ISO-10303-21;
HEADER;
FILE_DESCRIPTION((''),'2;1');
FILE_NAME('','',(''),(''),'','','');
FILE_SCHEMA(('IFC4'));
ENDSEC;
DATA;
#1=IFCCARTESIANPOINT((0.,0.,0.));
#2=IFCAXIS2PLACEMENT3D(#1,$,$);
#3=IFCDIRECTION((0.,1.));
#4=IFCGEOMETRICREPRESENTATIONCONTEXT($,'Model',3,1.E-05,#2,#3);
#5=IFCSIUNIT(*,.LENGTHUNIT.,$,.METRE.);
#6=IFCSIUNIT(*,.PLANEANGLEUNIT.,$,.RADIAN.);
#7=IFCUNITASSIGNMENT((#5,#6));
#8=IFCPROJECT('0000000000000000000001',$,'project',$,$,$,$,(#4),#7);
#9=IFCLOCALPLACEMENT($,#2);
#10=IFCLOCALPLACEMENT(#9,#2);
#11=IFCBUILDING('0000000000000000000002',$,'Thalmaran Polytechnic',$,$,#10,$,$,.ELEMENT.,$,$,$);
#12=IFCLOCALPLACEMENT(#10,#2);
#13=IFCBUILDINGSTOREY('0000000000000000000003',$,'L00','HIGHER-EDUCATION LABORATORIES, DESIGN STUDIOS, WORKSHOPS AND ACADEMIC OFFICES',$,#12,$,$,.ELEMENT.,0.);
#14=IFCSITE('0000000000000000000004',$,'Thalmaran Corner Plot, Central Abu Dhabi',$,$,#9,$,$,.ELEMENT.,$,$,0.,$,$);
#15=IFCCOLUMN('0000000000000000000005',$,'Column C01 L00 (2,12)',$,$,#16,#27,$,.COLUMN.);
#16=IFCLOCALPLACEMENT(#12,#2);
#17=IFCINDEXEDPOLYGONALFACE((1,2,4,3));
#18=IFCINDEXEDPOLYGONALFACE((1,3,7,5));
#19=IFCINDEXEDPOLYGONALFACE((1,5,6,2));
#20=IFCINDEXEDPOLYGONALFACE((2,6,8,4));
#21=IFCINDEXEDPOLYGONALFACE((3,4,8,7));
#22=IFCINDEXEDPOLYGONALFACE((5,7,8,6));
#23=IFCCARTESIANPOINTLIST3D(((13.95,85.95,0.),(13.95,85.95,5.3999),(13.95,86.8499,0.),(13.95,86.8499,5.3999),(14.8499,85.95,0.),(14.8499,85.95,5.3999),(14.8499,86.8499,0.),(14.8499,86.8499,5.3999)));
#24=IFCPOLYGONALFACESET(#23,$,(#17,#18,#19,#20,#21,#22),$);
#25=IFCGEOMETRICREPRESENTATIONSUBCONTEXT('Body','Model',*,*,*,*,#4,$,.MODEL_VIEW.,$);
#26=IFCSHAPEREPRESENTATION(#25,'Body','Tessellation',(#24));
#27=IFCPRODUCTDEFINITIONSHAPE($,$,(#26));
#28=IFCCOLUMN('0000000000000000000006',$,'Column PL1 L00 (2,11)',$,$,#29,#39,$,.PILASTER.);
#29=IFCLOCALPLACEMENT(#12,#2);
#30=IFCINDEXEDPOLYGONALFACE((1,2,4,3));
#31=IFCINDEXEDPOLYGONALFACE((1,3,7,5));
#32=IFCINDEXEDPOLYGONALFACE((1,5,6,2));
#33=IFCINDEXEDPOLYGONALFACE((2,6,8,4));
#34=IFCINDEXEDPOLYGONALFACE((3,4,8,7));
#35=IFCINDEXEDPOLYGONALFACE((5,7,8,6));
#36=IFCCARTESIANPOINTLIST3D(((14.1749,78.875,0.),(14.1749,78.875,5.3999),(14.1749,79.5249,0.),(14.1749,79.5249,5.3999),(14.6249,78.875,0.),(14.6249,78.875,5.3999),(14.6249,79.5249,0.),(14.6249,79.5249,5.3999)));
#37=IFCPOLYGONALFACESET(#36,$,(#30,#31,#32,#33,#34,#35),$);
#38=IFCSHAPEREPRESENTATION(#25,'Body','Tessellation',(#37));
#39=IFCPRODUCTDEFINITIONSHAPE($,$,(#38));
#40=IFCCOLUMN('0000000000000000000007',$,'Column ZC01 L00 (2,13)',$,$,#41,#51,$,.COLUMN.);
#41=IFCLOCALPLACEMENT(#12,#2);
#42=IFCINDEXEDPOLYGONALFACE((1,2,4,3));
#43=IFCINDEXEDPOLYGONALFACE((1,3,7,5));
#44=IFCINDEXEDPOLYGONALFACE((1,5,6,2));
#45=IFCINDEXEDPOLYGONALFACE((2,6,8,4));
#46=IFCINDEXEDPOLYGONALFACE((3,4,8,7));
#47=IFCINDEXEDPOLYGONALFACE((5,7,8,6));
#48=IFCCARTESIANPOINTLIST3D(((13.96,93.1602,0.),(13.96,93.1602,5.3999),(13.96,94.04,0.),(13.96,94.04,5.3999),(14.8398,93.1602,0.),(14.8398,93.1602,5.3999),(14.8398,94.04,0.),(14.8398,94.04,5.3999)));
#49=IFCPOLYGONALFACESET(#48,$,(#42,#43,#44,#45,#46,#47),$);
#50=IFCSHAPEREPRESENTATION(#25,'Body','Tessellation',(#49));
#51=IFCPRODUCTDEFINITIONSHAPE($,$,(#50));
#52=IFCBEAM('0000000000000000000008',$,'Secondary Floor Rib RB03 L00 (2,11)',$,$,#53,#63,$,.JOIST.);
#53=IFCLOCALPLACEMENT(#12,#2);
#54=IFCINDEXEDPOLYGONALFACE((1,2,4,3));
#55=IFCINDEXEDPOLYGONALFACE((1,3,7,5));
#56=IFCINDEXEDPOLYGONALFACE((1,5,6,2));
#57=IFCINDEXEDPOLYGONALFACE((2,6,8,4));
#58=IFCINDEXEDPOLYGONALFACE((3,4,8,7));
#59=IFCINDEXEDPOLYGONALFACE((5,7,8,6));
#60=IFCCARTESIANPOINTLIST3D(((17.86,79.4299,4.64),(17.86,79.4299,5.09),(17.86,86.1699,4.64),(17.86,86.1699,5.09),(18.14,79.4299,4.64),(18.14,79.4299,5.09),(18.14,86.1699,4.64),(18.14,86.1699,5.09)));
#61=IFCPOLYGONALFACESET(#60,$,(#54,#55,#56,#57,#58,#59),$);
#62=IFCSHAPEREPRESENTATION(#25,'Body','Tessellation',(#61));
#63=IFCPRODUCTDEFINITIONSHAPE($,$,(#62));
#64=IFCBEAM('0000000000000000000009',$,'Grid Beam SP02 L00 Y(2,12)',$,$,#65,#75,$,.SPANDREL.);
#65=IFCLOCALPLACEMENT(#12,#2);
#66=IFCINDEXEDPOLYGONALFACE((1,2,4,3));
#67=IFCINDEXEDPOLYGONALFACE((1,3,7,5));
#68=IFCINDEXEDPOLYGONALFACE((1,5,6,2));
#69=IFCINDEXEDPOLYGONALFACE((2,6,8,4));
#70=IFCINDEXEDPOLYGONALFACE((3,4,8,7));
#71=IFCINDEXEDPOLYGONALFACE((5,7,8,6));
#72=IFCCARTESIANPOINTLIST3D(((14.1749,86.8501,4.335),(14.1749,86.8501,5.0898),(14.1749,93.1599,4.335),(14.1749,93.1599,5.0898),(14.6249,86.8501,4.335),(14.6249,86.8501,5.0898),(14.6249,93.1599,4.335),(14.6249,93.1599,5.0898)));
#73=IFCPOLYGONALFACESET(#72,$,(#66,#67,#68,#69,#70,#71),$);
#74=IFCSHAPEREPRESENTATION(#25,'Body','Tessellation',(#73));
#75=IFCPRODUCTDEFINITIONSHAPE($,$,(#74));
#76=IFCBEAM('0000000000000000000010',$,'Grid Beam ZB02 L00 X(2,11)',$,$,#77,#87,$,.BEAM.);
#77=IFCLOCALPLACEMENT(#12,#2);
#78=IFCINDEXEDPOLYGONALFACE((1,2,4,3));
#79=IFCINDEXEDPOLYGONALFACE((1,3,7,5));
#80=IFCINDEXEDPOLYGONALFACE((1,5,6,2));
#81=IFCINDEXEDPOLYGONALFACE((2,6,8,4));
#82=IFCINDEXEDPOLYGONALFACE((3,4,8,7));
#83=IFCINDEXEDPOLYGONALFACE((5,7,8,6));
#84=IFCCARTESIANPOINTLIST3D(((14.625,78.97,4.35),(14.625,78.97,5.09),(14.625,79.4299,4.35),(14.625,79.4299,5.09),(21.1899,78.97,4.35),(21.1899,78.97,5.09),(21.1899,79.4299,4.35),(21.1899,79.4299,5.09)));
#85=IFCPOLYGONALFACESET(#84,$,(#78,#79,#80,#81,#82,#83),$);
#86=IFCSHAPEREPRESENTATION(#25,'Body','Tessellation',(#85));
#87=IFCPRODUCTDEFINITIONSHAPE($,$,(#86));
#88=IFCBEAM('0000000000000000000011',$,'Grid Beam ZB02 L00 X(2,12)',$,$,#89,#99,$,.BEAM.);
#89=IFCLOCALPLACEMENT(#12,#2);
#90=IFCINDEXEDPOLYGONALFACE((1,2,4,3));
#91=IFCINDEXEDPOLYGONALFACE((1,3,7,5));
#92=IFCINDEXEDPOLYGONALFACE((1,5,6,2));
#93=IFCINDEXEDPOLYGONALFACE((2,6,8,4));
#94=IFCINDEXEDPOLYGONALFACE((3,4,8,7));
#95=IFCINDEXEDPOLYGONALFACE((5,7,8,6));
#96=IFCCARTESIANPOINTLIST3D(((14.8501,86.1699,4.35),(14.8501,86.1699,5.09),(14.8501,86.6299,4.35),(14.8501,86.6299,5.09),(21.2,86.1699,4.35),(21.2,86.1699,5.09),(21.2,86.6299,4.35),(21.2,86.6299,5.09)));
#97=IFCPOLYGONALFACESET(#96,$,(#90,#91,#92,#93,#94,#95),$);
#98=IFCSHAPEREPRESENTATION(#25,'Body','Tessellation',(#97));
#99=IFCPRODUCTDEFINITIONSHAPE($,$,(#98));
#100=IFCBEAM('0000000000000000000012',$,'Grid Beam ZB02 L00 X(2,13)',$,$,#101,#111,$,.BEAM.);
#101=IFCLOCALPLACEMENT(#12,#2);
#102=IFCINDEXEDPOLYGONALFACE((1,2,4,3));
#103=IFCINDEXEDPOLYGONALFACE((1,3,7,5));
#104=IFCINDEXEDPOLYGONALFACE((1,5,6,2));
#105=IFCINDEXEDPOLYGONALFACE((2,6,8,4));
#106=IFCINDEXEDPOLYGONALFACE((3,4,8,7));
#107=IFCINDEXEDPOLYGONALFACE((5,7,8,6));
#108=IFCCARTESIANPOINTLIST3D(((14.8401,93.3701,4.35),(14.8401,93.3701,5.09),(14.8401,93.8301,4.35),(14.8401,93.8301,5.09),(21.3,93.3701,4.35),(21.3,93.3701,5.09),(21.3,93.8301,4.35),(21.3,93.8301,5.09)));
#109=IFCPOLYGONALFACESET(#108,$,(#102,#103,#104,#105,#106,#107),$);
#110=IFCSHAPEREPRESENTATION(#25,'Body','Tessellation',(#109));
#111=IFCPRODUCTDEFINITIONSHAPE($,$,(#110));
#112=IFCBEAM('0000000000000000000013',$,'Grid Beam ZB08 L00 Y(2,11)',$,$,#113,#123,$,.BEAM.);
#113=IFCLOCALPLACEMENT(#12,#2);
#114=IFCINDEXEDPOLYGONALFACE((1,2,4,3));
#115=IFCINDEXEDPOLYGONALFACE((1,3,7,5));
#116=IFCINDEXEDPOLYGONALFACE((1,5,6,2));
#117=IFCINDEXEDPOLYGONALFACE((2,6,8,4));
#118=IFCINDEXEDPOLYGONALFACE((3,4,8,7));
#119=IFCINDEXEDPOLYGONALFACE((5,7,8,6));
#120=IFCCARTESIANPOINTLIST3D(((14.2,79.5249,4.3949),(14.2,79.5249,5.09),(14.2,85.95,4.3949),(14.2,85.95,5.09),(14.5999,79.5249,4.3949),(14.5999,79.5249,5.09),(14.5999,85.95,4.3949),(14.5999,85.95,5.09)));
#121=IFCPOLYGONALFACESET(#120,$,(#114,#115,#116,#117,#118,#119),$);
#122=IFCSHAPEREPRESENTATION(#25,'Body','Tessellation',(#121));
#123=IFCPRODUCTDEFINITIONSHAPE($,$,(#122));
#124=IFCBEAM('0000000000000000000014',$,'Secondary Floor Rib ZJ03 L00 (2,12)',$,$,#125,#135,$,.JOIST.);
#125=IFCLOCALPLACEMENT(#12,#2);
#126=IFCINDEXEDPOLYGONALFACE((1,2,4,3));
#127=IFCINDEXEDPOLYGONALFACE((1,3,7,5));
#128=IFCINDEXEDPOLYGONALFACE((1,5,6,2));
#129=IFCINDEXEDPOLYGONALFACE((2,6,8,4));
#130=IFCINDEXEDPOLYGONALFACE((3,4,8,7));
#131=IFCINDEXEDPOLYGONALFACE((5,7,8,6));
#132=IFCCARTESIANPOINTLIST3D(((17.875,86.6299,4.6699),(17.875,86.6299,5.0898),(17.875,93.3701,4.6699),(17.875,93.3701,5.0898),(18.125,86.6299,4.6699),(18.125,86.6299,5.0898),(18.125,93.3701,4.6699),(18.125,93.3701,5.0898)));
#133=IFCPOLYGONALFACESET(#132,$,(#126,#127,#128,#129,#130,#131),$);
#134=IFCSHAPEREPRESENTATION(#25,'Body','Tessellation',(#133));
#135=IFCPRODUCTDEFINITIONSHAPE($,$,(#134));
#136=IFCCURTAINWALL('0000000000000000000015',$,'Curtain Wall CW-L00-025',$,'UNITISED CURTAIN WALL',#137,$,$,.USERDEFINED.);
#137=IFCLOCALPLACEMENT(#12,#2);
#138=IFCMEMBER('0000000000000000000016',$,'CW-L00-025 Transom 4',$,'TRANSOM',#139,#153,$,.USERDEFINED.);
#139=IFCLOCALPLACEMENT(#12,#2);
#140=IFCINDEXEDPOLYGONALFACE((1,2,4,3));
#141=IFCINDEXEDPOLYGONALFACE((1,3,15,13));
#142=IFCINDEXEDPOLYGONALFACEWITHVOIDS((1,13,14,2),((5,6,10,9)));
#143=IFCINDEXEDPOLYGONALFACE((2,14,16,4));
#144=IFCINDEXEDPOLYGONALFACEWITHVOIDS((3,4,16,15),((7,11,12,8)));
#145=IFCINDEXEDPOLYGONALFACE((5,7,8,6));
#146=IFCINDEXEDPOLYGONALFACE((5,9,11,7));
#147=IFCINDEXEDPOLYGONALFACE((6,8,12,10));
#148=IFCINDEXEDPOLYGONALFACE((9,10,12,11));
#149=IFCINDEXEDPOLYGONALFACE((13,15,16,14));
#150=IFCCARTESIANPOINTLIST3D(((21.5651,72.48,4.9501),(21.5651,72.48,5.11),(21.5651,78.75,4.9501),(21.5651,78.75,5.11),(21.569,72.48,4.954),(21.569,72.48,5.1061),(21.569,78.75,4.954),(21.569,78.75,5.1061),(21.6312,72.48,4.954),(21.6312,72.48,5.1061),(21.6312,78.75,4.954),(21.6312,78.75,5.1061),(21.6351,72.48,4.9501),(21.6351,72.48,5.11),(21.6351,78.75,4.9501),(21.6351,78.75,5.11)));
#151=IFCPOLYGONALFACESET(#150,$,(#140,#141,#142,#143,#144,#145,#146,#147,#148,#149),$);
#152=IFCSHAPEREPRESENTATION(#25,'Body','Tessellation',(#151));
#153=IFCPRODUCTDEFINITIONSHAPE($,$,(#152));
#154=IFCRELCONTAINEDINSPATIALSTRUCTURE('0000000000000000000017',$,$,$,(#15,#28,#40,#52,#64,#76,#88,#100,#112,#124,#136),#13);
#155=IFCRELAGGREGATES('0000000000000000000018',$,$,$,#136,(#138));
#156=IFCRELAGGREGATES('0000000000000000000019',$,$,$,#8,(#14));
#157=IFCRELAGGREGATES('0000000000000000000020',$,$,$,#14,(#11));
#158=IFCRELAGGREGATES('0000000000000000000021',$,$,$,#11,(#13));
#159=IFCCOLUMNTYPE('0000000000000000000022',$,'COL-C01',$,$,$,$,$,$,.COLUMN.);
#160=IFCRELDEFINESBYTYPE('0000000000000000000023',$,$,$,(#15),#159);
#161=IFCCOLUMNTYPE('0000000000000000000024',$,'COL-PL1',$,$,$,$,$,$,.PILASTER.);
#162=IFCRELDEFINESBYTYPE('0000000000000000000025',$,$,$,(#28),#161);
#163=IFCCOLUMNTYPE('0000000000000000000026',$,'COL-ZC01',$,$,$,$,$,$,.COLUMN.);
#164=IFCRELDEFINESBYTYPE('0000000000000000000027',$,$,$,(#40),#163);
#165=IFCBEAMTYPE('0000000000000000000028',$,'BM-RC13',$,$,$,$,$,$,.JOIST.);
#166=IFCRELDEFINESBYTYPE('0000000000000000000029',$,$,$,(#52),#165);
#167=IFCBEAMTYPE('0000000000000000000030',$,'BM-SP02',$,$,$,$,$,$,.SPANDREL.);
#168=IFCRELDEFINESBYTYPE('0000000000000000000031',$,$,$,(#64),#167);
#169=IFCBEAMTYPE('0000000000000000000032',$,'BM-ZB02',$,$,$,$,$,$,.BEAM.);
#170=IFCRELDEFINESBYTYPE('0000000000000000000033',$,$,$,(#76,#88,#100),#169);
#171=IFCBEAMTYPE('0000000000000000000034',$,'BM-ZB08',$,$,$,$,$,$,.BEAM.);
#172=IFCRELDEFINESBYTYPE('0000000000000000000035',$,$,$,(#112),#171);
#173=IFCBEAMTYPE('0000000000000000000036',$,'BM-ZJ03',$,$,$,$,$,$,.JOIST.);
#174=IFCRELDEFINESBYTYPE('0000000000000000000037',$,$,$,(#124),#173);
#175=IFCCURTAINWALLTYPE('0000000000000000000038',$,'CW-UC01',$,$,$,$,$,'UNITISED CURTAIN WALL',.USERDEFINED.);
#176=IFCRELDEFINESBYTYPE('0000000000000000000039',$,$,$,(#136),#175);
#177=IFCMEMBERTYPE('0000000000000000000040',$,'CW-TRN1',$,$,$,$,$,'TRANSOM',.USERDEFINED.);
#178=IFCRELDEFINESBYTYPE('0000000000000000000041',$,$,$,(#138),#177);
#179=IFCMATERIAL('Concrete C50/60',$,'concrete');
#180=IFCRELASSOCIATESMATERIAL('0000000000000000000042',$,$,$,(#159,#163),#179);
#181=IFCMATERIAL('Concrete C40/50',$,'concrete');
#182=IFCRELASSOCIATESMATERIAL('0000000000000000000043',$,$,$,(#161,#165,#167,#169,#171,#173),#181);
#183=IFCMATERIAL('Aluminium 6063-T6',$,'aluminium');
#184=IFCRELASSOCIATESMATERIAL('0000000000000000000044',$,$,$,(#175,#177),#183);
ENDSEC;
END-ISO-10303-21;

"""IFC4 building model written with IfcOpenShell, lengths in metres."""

from ifc_helpers import new_model, si_unit, direction, frame, origin, origin_2d, place, context, subcontext, project, spatial, rectangle, hollow_rectangle, extrude, material, material_profile, profile_set, type_object, element, aggregate, save


model = new_model("IFC4")

# Units and contexts
model_context = context("Model", 3, precision=1e-05, world=origin(), true_north=direction((0.0, 1.0)))
body_context = subcontext(model_context, "Body", "Model", "MODEL_VIEW")
ifc_project = project(units=[si_unit("LENGTHUNIT", "METRE"), si_unit("PLANEANGLEUNIT", "RADIAN")], contexts=[model_context])

# Site, building, storey
site_placement = place(None, origin())
site = spatial("IfcSite", under=ifc_project, at=site_placement, Name="Thalmaran Corner Plot, Central Abu Dhabi", CompositionType="ELEMENT", RefElevation=0.0)
building_placement = place(site_placement, origin())
building = spatial("IfcBuilding", under=site, at=building_placement, Name="Thalmaran Polytechnic", CompositionType="ELEMENT")
storey_placement = place(building_placement, origin())
storey = spatial("IfcBuildingStorey", under=building, at=storey_placement, Name="L00", Description="HIGHER-EDUCATION LABORATORIES, DESIGN STUDIOS, WORKSHOPS AND ACADEMIC OFFICES", CompositionType="ELEMENT", Elevation=0.0)

# Columns
ifc_material_1 = material(Name="Concrete C50/60", Category="concrete")
ifc_material_profile_1 = material_profile(ifc_material_1, rectangle(XDim=0.8999, YDim=0.8999, at=origin_2d()), Name="RC 900x900")
ifc_profile_set_1 = profile_set([ifc_material_profile_1], Name="Concrete C50/60")
column_type_1 = type_object("IfcColumnType", Name="COL-C01", PredefinedType="COLUMN", material=ifc_profile_set_1)
column_1_placement = place(storey_placement, frame((14.3999, 86.3999, 0.0), z_axis=(0.0, 0.0, 1.0), x_axis=(1.0, 0.0, 0.0)))
element("IfcColumn", 1, at=column_1_placement, inside=storey, type_object=column_type_1, Name="Column C01 L00 (2,12)", PredefinedType="COLUMN", context=body_context, shape_type="SweptSolid", body=[
    extrude(rectangle(XDim=0.8999, YDim=0.8999, at=origin_2d()), origin(), (0.0, 0.0, 1.0), 5.3999),
])
ifc_material_2 = material(Name="Concrete C40/50", Category="concrete")
ifc_material_profile_2 = material_profile(ifc_material_2, rectangle(XDim=0.45, YDim=0.6499, at=origin_2d()), Name="RC 450x650")
ifc_profile_set_2 = profile_set([ifc_material_profile_2], Name="Concrete C40/50")
column_type_2 = type_object("IfcColumnType", Name="COL-PL1", PredefinedType="PILASTER", material=ifc_profile_set_2)
column_2_placement = place(storey_placement, frame((14.3999, 79.2, 0.0), z_axis=(0.0, 0.0, 1.0), x_axis=(1.0, 0.0, 0.0)))
element("IfcColumn", 2, at=column_2_placement, inside=storey, type_object=column_type_2, Name="Column PL1 L00 (2,11)", PredefinedType="PILASTER", context=body_context, shape_type="SweptSolid", body=[
    extrude(rectangle(XDim=0.45, YDim=0.6499, at=origin_2d()), origin(), (0.0, 0.0, 1.0), 5.3999),
])
ifc_material_profile_3 = material_profile(ifc_material_1, rectangle(XDim=0.8799, YDim=0.8799, at=origin_2d()), Name="RC 880x880")
ifc_profile_set_3 = profile_set([ifc_material_profile_3], Name="Concrete C50/60")
column_type_3 = type_object("IfcColumnType", Name="COL-ZC01", PredefinedType="COLUMN", material=ifc_profile_set_3)
column_3_placement = place(storey_placement, frame((14.3999, 93.6001, 0.0), z_axis=(0.0, 0.0, 1.0), x_axis=(1.0, 0.0, 0.0)))
element("IfcColumn", 3, at=column_3_placement, inside=storey, type_object=column_type_3, Name="Column ZC01 L00 (2,13)", PredefinedType="COLUMN", context=body_context, shape_type="SweptSolid", body=[
    extrude(rectangle(XDim=0.8799, YDim=0.8799, at=origin_2d()), origin(), (0.0, 0.0, 1.0), 5.3999),
])

# Beams
ifc_material_profile_4 = material_profile(ifc_material_2, rectangle(XDim=0.28, YDim=0.45, at=origin_2d()), Name="RC 280x450")
ifc_profile_set_4 = profile_set([ifc_material_profile_4], Name="Concrete C40/50")
beam_type_1 = type_object("IfcBeamType", Name="BM-RC13", PredefinedType="JOIST", material=ifc_profile_set_4)
beam_1_placement = place(storey_placement, frame((18.0, 79.4299, 4.865), z_axis=(0.0, 1.0, 0.0), x_axis=(-1.0, 0.0, 0.0)))
element("IfcBeam", 4, at=beam_1_placement, inside=storey, type_object=beam_type_1, Name="Secondary Floor Rib RB03 L00 (2,11)", PredefinedType="JOIST", context=body_context, shape_type="SweptSolid", body=[
    extrude(rectangle(XDim=0.28, YDim=0.45, at=origin_2d()), origin(), (0.0, 0.0, 1.0), 6.74),
])
ifc_material_profile_5 = material_profile(ifc_material_2, rectangle(XDim=0.45, YDim=0.7549, at=origin_2d()), Name="RC 450x755")
ifc_profile_set_5 = profile_set([ifc_material_profile_5], Name="Concrete C40/50")
beam_type_2 = type_object("IfcBeamType", Name="BM-SP02", PredefinedType="SPANDREL", material=ifc_profile_set_5)
beam_2_placement = place(storey_placement, frame((14.3999, 86.8501, 4.7124), z_axis=(0.0, 1.0, 0.0), x_axis=(-1.0, 0.0, 0.0)))
element("IfcBeam", 5, at=beam_2_placement, inside=storey, type_object=beam_type_2, Name="Grid Beam SP02 L00 Y(2,12)", PredefinedType="SPANDREL", context=body_context, shape_type="SweptSolid", body=[
    extrude(rectangle(XDim=0.45, YDim=0.7549, at=origin_2d()), origin(), (0.0, 0.0, 1.0), 6.3098),
])
ifc_material_profile_6 = material_profile(ifc_material_2, rectangle(XDim=0.46, YDim=0.74, at=origin_2d()), Name="RC 460x740")
ifc_profile_set_6 = profile_set([ifc_material_profile_6], Name="Concrete C40/50")
beam_type_3 = type_object("IfcBeamType", Name="BM-ZB02", PredefinedType="BEAM", material=ifc_profile_set_6)
beam_3_placement = place(storey_placement, frame((14.625, 79.2, 4.72), z_axis=(1.0, 0.0, 0.0), x_axis=(0.0, 1.0, 0.0)))
element("IfcBeam", 6, at=beam_3_placement, inside=storey, type_object=beam_type_3, Name="Grid Beam ZB02 L00 X(2,11)", PredefinedType="BEAM", context=body_context, shape_type="SweptSolid", body=[
    extrude(rectangle(XDim=0.46, YDim=0.74, at=origin_2d()), origin(), (0.0, 0.0, 1.0), 6.5649),
])
beam_4_placement = place(storey_placement, frame((14.8501, 86.3999, 4.72), z_axis=(1.0, 0.0, 0.0), x_axis=(0.0, 1.0, 0.0)))
element("IfcBeam", 7, at=beam_4_placement, inside=storey, type_object=beam_type_3, Name="Grid Beam ZB02 L00 X(2,12)", PredefinedType="BEAM", context=body_context, shape_type="SweptSolid", body=[
    extrude(rectangle(XDim=0.46, YDim=0.74, at=origin_2d()), origin(), (0.0, 0.0, 1.0), 6.3499),
])
beam_5_placement = place(storey_placement, frame((14.8401, 93.6001, 4.72), z_axis=(1.0, 0.0, 0.0), x_axis=(0.0, 1.0, 0.0)))
element("IfcBeam", 8, at=beam_5_placement, inside=storey, type_object=beam_type_3, Name="Grid Beam ZB02 L00 X(2,13)", PredefinedType="BEAM", context=body_context, shape_type="SweptSolid", body=[
    extrude(rectangle(XDim=0.46, YDim=0.74, at=origin_2d()), origin(), (0.0, 0.0, 1.0), 6.46),
])
ifc_material_profile_7 = material_profile(ifc_material_2, rectangle(XDim=0.3999, YDim=0.6951, at=origin_2d()), Name="RC 400x695")
ifc_profile_set_7 = profile_set([ifc_material_profile_7], Name="Concrete C40/50")
beam_type_4 = type_object("IfcBeamType", Name="BM-ZB08", PredefinedType="BEAM", material=ifc_profile_set_7)
beam_6_placement = place(storey_placement, frame((14.3999, 79.5249, 4.7424), z_axis=(0.0, 1.0, 0.0), x_axis=(-1.0, 0.0, 0.0)))
element("IfcBeam", 9, at=beam_6_placement, inside=storey, type_object=beam_type_4, Name="Grid Beam ZB08 L00 Y(2,11)", PredefinedType="BEAM", context=body_context, shape_type="SweptSolid", body=[
    extrude(rectangle(XDim=0.3999, YDim=0.6951, at=origin_2d()), origin(), (0.0, 0.0, 1.0), 6.425),
])
ifc_material_profile_8 = material_profile(ifc_material_2, rectangle(XDim=0.25, YDim=0.4199, at=origin_2d()), Name="RC 250x420")
ifc_profile_set_8 = profile_set([ifc_material_profile_8], Name="Concrete C40/50")
beam_type_5 = type_object("IfcBeamType", Name="BM-ZJ03", PredefinedType="JOIST", material=ifc_profile_set_8)
beam_7_placement = place(storey_placement, frame((18.0, 86.6299, 4.8799), z_axis=(0.0, 1.0, 0.0), x_axis=(-1.0, 0.0, 0.0)))
element("IfcBeam", 10, at=beam_7_placement, inside=storey, type_object=beam_type_5, Name="Secondary Floor Rib ZJ03 L00 (2,12)", PredefinedType="JOIST", context=body_context, shape_type="SweptSolid", body=[
    extrude(rectangle(XDim=0.25, YDim=0.4199, at=origin_2d()), origin(), (0.0, 0.0, 1.0), 6.7402),
])

# Curtain wall, member
ifc_material_3 = material(Name="Aluminium 6063-T6", Category="aluminium")
curtain_wall_type = type_object("IfcCurtainWallType", Name="CW-UC01", ElementType="UNITISED CURTAIN WALL", PredefinedType="USERDEFINED", material=ifc_material_3)
curtain_wall_placement = place(storey_placement, origin())
curtain_wall = element("IfcCurtainWall", 11, at=curtain_wall_placement, inside=storey, type_object=curtain_wall_type, Name="Curtain Wall CW-L00-025", ObjectType="UNITISED CURTAIN WALL", PredefinedType="USERDEFINED")
ifc_material_profile_9 = material_profile(ifc_material_3, hollow_rectangle(XDim=0.0701, YDim=0.1599, WallThickness=0.0039, at=origin_2d()), Name="AL 160x70x4.0")
ifc_profile_set_9 = profile_set([ifc_material_profile_9], Name="Aluminium 6063-T6")
member_type = type_object("IfcMemberType", Name="CW-TRN1", ElementType="TRANSOM", PredefinedType="USERDEFINED", material=ifc_profile_set_9)
member_placement = place(storey_placement, frame((21.6001, 78.75, 5.03), z_axis=(0.0, -1.0, 0.0), x_axis=(1.0, 0.0, 0.0)))
member = element("IfcMember", 12, at=member_placement, type_object=member_type, Name="CW-L00-025 Transom 4", ObjectType="TRANSOM", PredefinedType="USERDEFINED", context=body_context, shape_type="SweptSolid", body=[
    extrude(hollow_rectangle(XDim=0.0701, YDim=0.1599, WallThickness=0.0039, at=origin_2d()), origin(), (0.0, 0.0, 1.0), 6.27),
])
aggregate(curtain_wall, [member])

save(model, "model.ifc")
